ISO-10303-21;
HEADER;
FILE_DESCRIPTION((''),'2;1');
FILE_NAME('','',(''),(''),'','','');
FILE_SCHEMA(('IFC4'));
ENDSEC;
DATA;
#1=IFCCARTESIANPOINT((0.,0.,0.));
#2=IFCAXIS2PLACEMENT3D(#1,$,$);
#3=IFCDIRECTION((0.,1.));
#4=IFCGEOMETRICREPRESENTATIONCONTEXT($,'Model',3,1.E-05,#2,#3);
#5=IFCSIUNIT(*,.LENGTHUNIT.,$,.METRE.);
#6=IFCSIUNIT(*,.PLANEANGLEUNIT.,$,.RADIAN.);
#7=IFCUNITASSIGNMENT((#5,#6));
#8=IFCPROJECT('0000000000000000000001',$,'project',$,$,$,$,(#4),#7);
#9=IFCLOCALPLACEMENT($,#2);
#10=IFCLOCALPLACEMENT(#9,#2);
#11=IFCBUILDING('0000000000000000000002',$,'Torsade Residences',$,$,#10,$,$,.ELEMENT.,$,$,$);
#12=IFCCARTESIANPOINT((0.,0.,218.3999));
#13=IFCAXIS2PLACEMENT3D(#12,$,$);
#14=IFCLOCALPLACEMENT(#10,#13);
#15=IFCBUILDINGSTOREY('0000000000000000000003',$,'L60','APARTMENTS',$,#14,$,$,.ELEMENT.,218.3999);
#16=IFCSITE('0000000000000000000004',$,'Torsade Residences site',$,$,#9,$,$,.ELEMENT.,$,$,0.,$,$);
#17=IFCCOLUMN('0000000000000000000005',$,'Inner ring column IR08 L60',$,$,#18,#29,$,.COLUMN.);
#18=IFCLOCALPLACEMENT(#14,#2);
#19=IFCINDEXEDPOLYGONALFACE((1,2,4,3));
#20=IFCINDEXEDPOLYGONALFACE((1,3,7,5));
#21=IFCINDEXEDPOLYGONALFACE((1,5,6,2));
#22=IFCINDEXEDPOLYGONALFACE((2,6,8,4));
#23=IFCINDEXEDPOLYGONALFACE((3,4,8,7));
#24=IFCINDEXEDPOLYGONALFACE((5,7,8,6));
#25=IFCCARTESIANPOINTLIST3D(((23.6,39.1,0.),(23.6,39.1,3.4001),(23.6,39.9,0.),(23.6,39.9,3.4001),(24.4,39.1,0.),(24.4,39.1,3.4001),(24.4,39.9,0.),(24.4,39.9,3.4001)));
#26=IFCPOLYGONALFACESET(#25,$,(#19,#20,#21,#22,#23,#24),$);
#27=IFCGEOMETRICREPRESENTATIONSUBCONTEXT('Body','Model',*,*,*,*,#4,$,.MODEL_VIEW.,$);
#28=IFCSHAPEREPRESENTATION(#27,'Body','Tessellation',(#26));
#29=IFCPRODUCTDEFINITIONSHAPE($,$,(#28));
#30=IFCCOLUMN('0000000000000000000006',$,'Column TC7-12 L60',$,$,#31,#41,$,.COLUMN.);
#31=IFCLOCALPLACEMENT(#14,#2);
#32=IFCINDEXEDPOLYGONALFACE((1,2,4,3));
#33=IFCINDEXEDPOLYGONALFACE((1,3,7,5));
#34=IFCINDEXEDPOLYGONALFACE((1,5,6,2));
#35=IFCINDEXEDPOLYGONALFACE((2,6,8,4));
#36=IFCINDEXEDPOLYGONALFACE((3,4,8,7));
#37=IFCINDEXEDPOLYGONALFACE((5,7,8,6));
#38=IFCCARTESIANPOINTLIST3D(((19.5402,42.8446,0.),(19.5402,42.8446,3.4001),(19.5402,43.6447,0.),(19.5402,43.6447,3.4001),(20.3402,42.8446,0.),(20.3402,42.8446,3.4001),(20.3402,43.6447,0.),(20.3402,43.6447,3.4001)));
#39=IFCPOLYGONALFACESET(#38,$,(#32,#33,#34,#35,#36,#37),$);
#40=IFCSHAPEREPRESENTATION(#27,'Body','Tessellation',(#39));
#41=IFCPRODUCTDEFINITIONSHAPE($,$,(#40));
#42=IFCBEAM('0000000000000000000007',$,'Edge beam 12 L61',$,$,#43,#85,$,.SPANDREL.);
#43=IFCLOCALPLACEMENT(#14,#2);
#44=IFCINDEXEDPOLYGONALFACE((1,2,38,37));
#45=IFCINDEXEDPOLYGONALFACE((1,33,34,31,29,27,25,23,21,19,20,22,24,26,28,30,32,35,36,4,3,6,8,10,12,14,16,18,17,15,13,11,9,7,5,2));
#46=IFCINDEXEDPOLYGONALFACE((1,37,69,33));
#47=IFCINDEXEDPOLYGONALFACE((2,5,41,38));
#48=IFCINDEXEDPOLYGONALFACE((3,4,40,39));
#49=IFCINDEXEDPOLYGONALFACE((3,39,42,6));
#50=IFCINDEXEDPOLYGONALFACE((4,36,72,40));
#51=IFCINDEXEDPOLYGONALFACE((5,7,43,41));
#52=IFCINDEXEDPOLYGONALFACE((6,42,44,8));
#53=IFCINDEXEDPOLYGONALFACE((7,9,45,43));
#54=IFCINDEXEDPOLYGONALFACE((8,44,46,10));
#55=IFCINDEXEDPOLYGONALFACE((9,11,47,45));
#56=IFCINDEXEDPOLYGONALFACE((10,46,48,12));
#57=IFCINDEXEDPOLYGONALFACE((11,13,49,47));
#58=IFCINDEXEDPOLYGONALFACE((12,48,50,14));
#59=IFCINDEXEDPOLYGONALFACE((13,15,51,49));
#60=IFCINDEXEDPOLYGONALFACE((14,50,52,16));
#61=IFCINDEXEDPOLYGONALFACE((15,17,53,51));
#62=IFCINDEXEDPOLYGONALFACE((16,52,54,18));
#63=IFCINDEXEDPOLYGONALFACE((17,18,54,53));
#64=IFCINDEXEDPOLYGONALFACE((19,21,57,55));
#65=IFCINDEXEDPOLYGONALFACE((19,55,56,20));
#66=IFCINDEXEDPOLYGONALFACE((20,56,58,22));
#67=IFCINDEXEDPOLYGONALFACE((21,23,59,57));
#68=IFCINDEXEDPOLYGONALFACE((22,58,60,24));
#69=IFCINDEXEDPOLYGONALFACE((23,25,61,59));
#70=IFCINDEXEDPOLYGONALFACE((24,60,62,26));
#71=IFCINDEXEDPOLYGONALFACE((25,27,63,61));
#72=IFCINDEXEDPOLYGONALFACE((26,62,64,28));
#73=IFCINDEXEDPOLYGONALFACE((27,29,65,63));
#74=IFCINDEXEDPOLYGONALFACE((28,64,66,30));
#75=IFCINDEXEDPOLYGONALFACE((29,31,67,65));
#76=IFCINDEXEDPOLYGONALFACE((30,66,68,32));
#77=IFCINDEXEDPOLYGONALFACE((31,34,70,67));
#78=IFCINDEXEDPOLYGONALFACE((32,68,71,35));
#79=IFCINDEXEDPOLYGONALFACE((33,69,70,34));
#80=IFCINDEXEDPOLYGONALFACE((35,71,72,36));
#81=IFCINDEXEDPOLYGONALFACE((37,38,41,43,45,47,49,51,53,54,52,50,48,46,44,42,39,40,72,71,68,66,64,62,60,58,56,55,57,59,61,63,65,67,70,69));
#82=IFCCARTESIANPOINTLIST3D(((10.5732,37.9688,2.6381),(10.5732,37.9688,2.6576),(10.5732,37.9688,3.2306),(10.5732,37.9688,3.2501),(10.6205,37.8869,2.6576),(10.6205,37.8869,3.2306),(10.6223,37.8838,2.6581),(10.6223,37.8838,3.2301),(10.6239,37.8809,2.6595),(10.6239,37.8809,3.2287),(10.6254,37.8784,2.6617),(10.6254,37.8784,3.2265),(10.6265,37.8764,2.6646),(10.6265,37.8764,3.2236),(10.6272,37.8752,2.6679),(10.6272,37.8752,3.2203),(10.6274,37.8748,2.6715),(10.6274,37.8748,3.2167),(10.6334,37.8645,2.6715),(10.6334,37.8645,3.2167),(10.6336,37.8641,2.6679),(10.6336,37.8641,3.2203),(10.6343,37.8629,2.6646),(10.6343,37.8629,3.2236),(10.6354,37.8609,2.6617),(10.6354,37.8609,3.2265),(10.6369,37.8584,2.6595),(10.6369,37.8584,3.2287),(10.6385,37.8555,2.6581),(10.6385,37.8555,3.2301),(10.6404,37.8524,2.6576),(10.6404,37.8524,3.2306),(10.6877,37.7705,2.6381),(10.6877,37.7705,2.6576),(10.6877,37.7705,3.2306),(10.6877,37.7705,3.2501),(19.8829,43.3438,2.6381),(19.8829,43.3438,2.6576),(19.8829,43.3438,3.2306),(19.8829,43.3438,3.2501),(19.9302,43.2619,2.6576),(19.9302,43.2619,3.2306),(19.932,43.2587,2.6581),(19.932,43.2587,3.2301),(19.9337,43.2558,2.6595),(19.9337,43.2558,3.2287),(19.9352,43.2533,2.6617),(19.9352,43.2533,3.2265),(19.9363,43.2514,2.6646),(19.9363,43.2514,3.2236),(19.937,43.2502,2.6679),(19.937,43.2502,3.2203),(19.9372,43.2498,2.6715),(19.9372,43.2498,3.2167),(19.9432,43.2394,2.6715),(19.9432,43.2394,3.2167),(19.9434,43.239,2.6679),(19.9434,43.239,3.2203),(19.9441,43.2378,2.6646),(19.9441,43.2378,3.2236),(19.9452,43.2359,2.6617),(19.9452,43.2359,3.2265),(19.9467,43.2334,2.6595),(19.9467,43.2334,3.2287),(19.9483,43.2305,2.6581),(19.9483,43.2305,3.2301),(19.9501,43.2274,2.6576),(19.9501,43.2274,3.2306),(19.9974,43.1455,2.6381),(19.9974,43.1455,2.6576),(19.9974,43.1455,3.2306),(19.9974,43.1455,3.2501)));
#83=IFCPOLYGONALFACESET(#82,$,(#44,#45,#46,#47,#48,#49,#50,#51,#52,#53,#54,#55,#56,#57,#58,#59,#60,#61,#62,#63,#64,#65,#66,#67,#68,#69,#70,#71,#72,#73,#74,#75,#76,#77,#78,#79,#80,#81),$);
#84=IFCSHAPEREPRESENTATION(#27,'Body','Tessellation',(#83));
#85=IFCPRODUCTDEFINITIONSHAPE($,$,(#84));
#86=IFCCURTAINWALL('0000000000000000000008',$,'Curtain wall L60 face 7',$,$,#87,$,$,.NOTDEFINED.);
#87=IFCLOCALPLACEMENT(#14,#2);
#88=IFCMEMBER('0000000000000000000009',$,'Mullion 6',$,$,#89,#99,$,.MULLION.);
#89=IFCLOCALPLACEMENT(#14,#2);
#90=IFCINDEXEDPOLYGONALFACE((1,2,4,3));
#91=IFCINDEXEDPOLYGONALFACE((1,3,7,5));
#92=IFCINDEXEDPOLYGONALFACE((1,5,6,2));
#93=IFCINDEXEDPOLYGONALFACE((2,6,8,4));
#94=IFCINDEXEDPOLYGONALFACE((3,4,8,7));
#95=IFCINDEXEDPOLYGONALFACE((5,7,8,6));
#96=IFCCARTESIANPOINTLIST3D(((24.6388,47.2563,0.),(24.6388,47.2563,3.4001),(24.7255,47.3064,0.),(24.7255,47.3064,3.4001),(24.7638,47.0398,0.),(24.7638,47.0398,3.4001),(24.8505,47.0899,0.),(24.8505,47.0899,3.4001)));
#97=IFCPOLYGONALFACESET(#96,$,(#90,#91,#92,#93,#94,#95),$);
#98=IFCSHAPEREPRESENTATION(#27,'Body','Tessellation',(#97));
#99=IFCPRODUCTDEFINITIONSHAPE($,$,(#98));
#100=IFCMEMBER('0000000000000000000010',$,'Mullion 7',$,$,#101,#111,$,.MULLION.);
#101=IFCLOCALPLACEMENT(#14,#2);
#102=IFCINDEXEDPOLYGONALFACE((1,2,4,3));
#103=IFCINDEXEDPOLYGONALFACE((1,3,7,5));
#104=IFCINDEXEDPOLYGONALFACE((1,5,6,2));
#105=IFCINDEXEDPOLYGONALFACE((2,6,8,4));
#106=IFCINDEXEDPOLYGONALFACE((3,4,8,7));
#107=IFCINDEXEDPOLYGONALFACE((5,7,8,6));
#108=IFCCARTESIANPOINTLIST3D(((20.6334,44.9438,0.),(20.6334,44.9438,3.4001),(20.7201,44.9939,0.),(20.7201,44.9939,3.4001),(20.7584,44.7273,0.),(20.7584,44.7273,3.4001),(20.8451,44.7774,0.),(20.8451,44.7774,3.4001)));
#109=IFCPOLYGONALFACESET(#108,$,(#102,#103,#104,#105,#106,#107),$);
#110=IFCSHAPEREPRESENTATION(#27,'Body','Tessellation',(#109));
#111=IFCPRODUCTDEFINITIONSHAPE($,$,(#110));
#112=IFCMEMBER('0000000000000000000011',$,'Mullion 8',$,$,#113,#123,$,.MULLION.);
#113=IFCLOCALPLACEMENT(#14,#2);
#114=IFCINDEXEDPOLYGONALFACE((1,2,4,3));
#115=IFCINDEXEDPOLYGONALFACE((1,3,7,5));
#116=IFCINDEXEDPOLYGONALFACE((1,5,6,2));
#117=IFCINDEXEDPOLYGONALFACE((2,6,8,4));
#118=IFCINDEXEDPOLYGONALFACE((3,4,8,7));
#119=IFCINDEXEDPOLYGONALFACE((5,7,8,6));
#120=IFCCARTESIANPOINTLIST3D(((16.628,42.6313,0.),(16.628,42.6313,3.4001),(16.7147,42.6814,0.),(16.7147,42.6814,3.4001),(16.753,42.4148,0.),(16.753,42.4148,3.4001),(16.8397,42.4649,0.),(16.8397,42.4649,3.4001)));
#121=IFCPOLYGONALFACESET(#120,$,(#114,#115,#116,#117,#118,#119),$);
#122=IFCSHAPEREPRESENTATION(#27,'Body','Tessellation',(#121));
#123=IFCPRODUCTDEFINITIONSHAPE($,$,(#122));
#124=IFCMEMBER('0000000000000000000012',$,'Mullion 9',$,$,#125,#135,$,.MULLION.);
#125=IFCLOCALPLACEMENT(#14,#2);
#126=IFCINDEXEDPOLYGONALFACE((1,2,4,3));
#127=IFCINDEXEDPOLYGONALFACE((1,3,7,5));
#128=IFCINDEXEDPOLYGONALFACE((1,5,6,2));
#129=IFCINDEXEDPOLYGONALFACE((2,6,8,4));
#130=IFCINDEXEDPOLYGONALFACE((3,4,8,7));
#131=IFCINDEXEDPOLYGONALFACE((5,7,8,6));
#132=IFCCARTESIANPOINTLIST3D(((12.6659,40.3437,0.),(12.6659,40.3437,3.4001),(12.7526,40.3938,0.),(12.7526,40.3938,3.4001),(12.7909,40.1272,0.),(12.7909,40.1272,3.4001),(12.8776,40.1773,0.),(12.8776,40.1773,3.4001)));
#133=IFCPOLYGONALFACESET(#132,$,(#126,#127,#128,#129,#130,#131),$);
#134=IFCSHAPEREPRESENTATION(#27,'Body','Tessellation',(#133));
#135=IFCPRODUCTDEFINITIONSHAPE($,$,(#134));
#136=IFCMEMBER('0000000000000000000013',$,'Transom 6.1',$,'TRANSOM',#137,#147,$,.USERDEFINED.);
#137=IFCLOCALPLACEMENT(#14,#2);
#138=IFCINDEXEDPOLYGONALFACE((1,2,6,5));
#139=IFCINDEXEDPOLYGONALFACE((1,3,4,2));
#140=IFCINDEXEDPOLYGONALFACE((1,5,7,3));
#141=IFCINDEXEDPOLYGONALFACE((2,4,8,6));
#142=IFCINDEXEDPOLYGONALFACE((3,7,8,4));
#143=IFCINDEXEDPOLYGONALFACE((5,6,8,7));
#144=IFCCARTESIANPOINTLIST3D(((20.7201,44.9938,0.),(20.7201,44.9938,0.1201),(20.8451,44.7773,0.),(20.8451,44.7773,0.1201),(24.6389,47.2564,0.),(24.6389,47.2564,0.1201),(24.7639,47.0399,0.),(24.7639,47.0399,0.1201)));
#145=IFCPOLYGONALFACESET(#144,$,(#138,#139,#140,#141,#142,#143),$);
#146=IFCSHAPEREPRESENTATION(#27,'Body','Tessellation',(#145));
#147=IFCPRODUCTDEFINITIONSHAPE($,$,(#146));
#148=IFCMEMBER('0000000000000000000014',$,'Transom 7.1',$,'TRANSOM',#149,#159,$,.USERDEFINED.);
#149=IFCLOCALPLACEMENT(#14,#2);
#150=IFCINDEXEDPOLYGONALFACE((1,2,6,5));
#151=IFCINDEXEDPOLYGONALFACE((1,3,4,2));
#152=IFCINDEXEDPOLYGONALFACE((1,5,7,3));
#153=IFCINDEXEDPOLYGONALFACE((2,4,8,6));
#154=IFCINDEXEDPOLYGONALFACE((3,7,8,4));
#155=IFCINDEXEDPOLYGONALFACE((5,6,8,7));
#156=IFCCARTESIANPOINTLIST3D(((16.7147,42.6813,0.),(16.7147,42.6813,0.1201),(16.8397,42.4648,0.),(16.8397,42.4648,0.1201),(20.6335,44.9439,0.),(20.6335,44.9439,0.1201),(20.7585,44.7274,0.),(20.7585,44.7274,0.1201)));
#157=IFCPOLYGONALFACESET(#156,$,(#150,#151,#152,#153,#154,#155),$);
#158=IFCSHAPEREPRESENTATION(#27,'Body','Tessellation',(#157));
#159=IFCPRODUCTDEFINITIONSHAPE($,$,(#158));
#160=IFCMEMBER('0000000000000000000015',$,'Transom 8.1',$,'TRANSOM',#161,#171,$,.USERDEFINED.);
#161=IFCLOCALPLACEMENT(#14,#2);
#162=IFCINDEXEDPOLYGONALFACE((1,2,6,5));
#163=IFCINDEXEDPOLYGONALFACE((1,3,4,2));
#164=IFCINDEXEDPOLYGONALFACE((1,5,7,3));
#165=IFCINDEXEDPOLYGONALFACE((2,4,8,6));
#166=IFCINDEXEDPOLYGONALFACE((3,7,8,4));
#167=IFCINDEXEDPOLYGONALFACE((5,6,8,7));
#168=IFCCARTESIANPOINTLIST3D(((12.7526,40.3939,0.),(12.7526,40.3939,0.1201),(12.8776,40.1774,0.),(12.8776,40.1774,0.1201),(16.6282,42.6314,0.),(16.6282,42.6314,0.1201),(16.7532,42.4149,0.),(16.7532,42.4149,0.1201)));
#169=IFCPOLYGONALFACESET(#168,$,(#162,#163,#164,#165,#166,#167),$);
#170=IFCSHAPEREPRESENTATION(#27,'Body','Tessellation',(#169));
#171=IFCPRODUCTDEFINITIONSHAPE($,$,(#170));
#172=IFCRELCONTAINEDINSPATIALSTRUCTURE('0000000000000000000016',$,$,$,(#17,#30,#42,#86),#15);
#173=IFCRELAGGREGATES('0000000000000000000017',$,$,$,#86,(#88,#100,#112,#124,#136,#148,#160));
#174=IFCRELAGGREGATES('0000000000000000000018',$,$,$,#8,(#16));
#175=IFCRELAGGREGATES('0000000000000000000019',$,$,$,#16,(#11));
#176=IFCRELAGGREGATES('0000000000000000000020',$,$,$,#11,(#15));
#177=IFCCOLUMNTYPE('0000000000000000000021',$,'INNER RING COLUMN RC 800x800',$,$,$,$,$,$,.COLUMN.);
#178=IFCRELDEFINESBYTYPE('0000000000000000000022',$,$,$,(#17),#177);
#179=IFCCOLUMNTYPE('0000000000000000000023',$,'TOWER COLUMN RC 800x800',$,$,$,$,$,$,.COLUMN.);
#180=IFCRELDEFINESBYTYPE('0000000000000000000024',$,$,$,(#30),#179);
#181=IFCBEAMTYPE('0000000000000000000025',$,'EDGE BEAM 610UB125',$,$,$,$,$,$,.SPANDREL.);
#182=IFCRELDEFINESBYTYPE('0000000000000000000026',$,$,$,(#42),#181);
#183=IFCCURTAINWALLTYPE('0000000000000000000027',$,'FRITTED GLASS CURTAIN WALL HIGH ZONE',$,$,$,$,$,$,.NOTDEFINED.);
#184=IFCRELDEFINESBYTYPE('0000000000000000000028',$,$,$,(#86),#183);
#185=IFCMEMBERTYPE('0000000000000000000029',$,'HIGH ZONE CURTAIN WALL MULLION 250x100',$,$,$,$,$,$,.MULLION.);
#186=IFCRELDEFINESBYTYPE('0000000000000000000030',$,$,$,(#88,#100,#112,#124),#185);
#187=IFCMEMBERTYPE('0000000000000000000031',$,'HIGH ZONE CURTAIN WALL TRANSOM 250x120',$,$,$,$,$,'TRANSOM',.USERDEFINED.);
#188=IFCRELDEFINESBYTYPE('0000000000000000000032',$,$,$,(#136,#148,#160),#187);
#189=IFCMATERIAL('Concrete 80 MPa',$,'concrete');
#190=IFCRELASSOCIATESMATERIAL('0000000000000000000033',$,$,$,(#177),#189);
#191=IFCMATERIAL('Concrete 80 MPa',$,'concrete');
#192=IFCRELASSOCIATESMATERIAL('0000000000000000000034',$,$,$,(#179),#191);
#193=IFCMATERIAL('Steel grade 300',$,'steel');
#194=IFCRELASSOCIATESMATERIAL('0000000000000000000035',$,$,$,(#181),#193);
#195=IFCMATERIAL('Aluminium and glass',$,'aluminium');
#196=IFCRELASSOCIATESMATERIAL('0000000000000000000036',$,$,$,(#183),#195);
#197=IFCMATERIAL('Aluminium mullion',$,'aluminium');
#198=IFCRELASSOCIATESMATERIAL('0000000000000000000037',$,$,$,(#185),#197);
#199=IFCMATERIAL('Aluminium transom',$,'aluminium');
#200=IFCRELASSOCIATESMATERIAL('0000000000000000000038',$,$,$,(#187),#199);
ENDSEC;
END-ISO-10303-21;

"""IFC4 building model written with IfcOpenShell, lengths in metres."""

from ifc_helpers import new_model, si_unit, direction, frame, origin, origin_2d, place, context, subcontext, project, spatial, rectangle, i_section, extrude, material, material_profile, profile_set, type_object, element, aggregate, save


model = new_model("IFC4")

# Units and contexts
model_context = context("Model", 3, precision=1e-05, world=origin(), true_north=direction((0.0, 1.0)))
body_context = subcontext(model_context, "Body", "Model", "MODEL_VIEW")
ifc_project = project(units=[si_unit("LENGTHUNIT", "METRE"), si_unit("PLANEANGLEUNIT", "RADIAN")], contexts=[model_context])

# Site, building, storey
site_placement = place(None, origin())
site = spatial("IfcSite", under=ifc_project, at=site_placement, Name="Torsade Residences site", CompositionType="ELEMENT", RefElevation=0.0)
building_placement = place(site_placement, origin())
building = spatial("IfcBuilding", under=site, at=building_placement, Name="Torsade Residences", CompositionType="ELEMENT")
storey_placement = place(building_placement, frame((0.0, 0.0, 218.3999)))
storey = spatial("IfcBuildingStorey", under=building, at=storey_placement, Name="L60", Description="APARTMENTS", CompositionType="ELEMENT", Elevation=218.3999)

# Columns
ifc_material_1 = material(Name="Concrete 80 MPa", Category="concrete")
ifc_material_profile_1 = material_profile(ifc_material_1, rectangle(XDim=0.8, YDim=0.8, at=origin_2d()), Name="RC 800x800")
ifc_profile_set_1 = profile_set([ifc_material_profile_1], Name="Concrete 80 MPa")
column_type_1 = type_object("IfcColumnType", Name="INNER RING COLUMN RC 800x800", PredefinedType="COLUMN", material=ifc_profile_set_1)
column_1_placement = place(storey_placement, frame((24.0, 39.5, 0.0), z_axis=(0.0, 0.0, 1.0), x_axis=(1.0, 0.0, 0.0)))
element("IfcColumn", 1, at=column_1_placement, inside=storey, type_object=column_type_1, Name="Inner ring column IR08 L60", PredefinedType="COLUMN", context=body_context, shape_type="SweptSolid", body=[
    extrude(rectangle(XDim=0.8, YDim=0.8, at=origin_2d()), origin(), (0.0, 0.0, 1.0), 3.4001),
])
ifc_material_2 = material(Name="Concrete 80 MPa", Category="concrete")
ifc_material_profile_2 = material_profile(ifc_material_2, rectangle(XDim=0.8, YDim=0.8, at=origin_2d()), Name="RC 800x800")
ifc_profile_set_2 = profile_set([ifc_material_profile_2], Name="Concrete 80 MPa")
column_type_2 = type_object("IfcColumnType", Name="TOWER COLUMN RC 800x800", PredefinedType="COLUMN", material=ifc_profile_set_2)
column_2_placement = place(storey_placement, frame((19.9402, 43.2446, 0.0), z_axis=(0.0, 0.0, 1.0), x_axis=(1.0, 0.0, 0.0)))
element("IfcColumn", 2, at=column_2_placement, inside=storey, type_object=column_type_2, Name="Column TC7-12 L60", PredefinedType="COLUMN", context=body_context, shape_type="SweptSolid", body=[
    extrude(rectangle(XDim=0.8, YDim=0.8, at=origin_2d()), origin(), (0.0, 0.0, 1.0), 3.4001),
])

# Beam
ifc_material_3 = material(Name="Steel grade 300", Category="steel")
ifc_material_profile_3 = material_profile(ifc_material_3, i_section(OverallWidth=0.229, OverallDepth=0.6121, WebThickness=0.012, FlangeThickness=0.0195, FilletRadius=0.0139, at=origin_2d()), Name="610UB125")
ifc_profile_set_3 = profile_set([ifc_material_profile_3], Name="Steel grade 300")
beam_type_1 = type_object("IfcBeamType", Name="EDGE BEAM 610UB125", PredefinedType="SPANDREL", material=ifc_profile_set_3)
beam_1_placement = place(storey_placement, frame((19.9402, 43.2446, 2.9441), z_axis=(-0.866026, -0.499998, 0.0), x_axis=(0.499998, -0.866026, 0.0)))
element("IfcBeam", 3, at=beam_1_placement, inside=storey, type_object=beam_type_1, Name="Edge beam 12 L61", PredefinedType="SPANDREL", context=body_context, shape_type="SweptSolid", body=[
    extrude(i_section(OverallWidth=0.229, OverallDepth=0.6121, WebThickness=0.012, FlangeThickness=0.0195, FilletRadius=0.0139, at=origin_2d()), origin(), (0.0, 0.0, 1.0), 10.75),
])

# Curtain wall, members
ifc_material_4 = material(Name="Aluminium and glass", Category="aluminium")
curtain_wall_type = type_object("IfcCurtainWallType", Name="FRITTED GLASS CURTAIN WALL HIGH ZONE", PredefinedType="NOTDEFINED", material=ifc_material_4)
curtain_wall_placement = place(storey_placement, origin())
curtain_wall = element("IfcCurtainWall", 4, at=curtain_wall_placement, inside=storey, type_object=curtain_wall_type, Name="Curtain wall L60 face 7", PredefinedType="NOTDEFINED")
ifc_material_5 = material(Name="Aluminium mullion", Category="aluminium")
ifc_material_profile_4 = material_profile(ifc_material_5, rectangle(XDim=0.25, YDim=0.1001, at=origin_2d()), Name="HIGH ZONE CURTAIN WALL MULLION 250x100")
ifc_profile_set_4 = profile_set([ifc_material_profile_4], Name="Aluminium mullion")
member_type_1 = type_object("IfcMemberType", Name="HIGH ZONE CURTAIN WALL MULLION 250x100", PredefinedType="MULLION", material=ifc_profile_set_4)
member_1_placement = place(storey_placement, frame((24.7446, 47.1731, 0.0), z_axis=(0.0, 0.0, 1.0), x_axis=(0.5, -0.866025, 0.0)))
member_1 = element("IfcMember", 5, at=member_1_placement, type_object=member_type_1, Name="Mullion 6", PredefinedType="MULLION", context=body_context, shape_type="SweptSolid", body=[
    extrude(rectangle(XDim=0.25, YDim=0.1001, at=origin_2d()), origin(), (0.0, 0.0, 1.0), 3.4001),
])
member_2_placement = place(storey_placement, frame((20.7393, 44.8606, 0.0), z_axis=(0.0, 0.0, 1.0), x_axis=(0.5, -0.866025, 0.0)))
member_2 = element("IfcMember", 6, at=member_2_placement, type_object=member_type_1, Name="Mullion 7", PredefinedType="MULLION", context=body_context, shape_type="SweptSolid", body=[
    extrude(rectangle(XDim=0.25, YDim=0.1001, at=origin_2d()), origin(), (0.0, 0.0, 1.0), 3.4001),
])
member_3_placement = place(storey_placement, frame((16.7339, 42.5481, 0.0), z_axis=(0.0, 0.0, 1.0), x_axis=(0.5, -0.866025, 0.0)))
member_3 = element("IfcMember", 7, at=member_3_placement, type_object=member_type_1, Name="Mullion 8", PredefinedType="MULLION", context=body_context, shape_type="SweptSolid", body=[
    extrude(rectangle(XDim=0.25, YDim=0.1001, at=origin_2d()), origin(), (0.0, 0.0, 1.0), 3.4001),
])
member_4_placement = place(storey_placement, frame((12.7717, 40.2605, 0.0), z_axis=(0.0, 0.0, 1.0), x_axis=(0.5, -0.866025, 0.0)))
member_4 = element("IfcMember", 8, at=member_4_placement, type_object=member_type_1, Name="Mullion 9", PredefinedType="MULLION", context=body_context, shape_type="SweptSolid", body=[
    extrude(rectangle(XDim=0.25, YDim=0.1001, at=origin_2d()), origin(), (0.0, 0.0, 1.0), 3.4001),
])
ifc_material_6 = material(Name="Aluminium transom", Category="aluminium")
ifc_material_profile_5 = material_profile(ifc_material_6, rectangle(XDim=0.25, YDim=0.1201, at=origin_2d()), Name="HIGH ZONE CURTAIN WALL TRANSOM 250x120")
ifc_profile_set_5 = profile_set([ifc_material_profile_5], Name="Aluminium transom")
member_type_2 = type_object("IfcMemberType", Name="HIGH ZONE CURTAIN WALL TRANSOM 250x120", ElementType="TRANSOM", PredefinedType="USERDEFINED", material=ifc_profile_set_5)
member_5_placement = place(storey_placement, frame((24.7014, 47.1482, 0.0601), z_axis=(-0.866017, -0.500015, 0.0), x_axis=(0.500015, -0.866017, 0.0)))
member_5 = element("IfcMember", 9, at=member_5_placement, type_object=member_type_2, Name="Transom 6.1", ObjectType="TRANSOM", PredefinedType="USERDEFINED", context=body_context, shape_type="SweptSolid", body=[
    extrude(rectangle(XDim=0.25, YDim=0.1201, at=origin_2d()), origin(), (0.0, 0.0, 1.0), 4.5251),
])
member_6_placement = place(storey_placement, frame((20.696, 44.8357, 0.0601), z_axis=(-0.866017, -0.500015, 0.0), x_axis=(0.500015, -0.866017, 0.0)))
member_6 = element("IfcMember", 10, at=member_6_placement, type_object=member_type_2, Name="Transom 7.1", ObjectType="TRANSOM", PredefinedType="USERDEFINED", context=body_context, shape_type="SweptSolid", body=[
    extrude(rectangle(XDim=0.25, YDim=0.1201, at=origin_2d()), origin(), (0.0, 0.0, 1.0), 4.5251),
])
member_7_placement = place(storey_placement, frame((16.6907, 42.5232, 0.0601), z_axis=(-0.866022, -0.500006, 0.0), x_axis=(0.500006, -0.866022, 0.0)))
member_7 = element("IfcMember", 11, at=member_7_placement, type_object=member_type_2, Name="Transom 8.1", ObjectType="TRANSOM", PredefinedType="USERDEFINED", context=body_context, shape_type="SweptSolid", body=[
    extrude(rectangle(XDim=0.25, YDim=0.1201, at=origin_2d()), origin(), (0.0, 0.0, 1.0), 4.4751),
])

aggregate(curtain_wall, [member_1, member_2, member_3, member_4, member_5, member_6, member_7])

save(model, "model.ifc")
